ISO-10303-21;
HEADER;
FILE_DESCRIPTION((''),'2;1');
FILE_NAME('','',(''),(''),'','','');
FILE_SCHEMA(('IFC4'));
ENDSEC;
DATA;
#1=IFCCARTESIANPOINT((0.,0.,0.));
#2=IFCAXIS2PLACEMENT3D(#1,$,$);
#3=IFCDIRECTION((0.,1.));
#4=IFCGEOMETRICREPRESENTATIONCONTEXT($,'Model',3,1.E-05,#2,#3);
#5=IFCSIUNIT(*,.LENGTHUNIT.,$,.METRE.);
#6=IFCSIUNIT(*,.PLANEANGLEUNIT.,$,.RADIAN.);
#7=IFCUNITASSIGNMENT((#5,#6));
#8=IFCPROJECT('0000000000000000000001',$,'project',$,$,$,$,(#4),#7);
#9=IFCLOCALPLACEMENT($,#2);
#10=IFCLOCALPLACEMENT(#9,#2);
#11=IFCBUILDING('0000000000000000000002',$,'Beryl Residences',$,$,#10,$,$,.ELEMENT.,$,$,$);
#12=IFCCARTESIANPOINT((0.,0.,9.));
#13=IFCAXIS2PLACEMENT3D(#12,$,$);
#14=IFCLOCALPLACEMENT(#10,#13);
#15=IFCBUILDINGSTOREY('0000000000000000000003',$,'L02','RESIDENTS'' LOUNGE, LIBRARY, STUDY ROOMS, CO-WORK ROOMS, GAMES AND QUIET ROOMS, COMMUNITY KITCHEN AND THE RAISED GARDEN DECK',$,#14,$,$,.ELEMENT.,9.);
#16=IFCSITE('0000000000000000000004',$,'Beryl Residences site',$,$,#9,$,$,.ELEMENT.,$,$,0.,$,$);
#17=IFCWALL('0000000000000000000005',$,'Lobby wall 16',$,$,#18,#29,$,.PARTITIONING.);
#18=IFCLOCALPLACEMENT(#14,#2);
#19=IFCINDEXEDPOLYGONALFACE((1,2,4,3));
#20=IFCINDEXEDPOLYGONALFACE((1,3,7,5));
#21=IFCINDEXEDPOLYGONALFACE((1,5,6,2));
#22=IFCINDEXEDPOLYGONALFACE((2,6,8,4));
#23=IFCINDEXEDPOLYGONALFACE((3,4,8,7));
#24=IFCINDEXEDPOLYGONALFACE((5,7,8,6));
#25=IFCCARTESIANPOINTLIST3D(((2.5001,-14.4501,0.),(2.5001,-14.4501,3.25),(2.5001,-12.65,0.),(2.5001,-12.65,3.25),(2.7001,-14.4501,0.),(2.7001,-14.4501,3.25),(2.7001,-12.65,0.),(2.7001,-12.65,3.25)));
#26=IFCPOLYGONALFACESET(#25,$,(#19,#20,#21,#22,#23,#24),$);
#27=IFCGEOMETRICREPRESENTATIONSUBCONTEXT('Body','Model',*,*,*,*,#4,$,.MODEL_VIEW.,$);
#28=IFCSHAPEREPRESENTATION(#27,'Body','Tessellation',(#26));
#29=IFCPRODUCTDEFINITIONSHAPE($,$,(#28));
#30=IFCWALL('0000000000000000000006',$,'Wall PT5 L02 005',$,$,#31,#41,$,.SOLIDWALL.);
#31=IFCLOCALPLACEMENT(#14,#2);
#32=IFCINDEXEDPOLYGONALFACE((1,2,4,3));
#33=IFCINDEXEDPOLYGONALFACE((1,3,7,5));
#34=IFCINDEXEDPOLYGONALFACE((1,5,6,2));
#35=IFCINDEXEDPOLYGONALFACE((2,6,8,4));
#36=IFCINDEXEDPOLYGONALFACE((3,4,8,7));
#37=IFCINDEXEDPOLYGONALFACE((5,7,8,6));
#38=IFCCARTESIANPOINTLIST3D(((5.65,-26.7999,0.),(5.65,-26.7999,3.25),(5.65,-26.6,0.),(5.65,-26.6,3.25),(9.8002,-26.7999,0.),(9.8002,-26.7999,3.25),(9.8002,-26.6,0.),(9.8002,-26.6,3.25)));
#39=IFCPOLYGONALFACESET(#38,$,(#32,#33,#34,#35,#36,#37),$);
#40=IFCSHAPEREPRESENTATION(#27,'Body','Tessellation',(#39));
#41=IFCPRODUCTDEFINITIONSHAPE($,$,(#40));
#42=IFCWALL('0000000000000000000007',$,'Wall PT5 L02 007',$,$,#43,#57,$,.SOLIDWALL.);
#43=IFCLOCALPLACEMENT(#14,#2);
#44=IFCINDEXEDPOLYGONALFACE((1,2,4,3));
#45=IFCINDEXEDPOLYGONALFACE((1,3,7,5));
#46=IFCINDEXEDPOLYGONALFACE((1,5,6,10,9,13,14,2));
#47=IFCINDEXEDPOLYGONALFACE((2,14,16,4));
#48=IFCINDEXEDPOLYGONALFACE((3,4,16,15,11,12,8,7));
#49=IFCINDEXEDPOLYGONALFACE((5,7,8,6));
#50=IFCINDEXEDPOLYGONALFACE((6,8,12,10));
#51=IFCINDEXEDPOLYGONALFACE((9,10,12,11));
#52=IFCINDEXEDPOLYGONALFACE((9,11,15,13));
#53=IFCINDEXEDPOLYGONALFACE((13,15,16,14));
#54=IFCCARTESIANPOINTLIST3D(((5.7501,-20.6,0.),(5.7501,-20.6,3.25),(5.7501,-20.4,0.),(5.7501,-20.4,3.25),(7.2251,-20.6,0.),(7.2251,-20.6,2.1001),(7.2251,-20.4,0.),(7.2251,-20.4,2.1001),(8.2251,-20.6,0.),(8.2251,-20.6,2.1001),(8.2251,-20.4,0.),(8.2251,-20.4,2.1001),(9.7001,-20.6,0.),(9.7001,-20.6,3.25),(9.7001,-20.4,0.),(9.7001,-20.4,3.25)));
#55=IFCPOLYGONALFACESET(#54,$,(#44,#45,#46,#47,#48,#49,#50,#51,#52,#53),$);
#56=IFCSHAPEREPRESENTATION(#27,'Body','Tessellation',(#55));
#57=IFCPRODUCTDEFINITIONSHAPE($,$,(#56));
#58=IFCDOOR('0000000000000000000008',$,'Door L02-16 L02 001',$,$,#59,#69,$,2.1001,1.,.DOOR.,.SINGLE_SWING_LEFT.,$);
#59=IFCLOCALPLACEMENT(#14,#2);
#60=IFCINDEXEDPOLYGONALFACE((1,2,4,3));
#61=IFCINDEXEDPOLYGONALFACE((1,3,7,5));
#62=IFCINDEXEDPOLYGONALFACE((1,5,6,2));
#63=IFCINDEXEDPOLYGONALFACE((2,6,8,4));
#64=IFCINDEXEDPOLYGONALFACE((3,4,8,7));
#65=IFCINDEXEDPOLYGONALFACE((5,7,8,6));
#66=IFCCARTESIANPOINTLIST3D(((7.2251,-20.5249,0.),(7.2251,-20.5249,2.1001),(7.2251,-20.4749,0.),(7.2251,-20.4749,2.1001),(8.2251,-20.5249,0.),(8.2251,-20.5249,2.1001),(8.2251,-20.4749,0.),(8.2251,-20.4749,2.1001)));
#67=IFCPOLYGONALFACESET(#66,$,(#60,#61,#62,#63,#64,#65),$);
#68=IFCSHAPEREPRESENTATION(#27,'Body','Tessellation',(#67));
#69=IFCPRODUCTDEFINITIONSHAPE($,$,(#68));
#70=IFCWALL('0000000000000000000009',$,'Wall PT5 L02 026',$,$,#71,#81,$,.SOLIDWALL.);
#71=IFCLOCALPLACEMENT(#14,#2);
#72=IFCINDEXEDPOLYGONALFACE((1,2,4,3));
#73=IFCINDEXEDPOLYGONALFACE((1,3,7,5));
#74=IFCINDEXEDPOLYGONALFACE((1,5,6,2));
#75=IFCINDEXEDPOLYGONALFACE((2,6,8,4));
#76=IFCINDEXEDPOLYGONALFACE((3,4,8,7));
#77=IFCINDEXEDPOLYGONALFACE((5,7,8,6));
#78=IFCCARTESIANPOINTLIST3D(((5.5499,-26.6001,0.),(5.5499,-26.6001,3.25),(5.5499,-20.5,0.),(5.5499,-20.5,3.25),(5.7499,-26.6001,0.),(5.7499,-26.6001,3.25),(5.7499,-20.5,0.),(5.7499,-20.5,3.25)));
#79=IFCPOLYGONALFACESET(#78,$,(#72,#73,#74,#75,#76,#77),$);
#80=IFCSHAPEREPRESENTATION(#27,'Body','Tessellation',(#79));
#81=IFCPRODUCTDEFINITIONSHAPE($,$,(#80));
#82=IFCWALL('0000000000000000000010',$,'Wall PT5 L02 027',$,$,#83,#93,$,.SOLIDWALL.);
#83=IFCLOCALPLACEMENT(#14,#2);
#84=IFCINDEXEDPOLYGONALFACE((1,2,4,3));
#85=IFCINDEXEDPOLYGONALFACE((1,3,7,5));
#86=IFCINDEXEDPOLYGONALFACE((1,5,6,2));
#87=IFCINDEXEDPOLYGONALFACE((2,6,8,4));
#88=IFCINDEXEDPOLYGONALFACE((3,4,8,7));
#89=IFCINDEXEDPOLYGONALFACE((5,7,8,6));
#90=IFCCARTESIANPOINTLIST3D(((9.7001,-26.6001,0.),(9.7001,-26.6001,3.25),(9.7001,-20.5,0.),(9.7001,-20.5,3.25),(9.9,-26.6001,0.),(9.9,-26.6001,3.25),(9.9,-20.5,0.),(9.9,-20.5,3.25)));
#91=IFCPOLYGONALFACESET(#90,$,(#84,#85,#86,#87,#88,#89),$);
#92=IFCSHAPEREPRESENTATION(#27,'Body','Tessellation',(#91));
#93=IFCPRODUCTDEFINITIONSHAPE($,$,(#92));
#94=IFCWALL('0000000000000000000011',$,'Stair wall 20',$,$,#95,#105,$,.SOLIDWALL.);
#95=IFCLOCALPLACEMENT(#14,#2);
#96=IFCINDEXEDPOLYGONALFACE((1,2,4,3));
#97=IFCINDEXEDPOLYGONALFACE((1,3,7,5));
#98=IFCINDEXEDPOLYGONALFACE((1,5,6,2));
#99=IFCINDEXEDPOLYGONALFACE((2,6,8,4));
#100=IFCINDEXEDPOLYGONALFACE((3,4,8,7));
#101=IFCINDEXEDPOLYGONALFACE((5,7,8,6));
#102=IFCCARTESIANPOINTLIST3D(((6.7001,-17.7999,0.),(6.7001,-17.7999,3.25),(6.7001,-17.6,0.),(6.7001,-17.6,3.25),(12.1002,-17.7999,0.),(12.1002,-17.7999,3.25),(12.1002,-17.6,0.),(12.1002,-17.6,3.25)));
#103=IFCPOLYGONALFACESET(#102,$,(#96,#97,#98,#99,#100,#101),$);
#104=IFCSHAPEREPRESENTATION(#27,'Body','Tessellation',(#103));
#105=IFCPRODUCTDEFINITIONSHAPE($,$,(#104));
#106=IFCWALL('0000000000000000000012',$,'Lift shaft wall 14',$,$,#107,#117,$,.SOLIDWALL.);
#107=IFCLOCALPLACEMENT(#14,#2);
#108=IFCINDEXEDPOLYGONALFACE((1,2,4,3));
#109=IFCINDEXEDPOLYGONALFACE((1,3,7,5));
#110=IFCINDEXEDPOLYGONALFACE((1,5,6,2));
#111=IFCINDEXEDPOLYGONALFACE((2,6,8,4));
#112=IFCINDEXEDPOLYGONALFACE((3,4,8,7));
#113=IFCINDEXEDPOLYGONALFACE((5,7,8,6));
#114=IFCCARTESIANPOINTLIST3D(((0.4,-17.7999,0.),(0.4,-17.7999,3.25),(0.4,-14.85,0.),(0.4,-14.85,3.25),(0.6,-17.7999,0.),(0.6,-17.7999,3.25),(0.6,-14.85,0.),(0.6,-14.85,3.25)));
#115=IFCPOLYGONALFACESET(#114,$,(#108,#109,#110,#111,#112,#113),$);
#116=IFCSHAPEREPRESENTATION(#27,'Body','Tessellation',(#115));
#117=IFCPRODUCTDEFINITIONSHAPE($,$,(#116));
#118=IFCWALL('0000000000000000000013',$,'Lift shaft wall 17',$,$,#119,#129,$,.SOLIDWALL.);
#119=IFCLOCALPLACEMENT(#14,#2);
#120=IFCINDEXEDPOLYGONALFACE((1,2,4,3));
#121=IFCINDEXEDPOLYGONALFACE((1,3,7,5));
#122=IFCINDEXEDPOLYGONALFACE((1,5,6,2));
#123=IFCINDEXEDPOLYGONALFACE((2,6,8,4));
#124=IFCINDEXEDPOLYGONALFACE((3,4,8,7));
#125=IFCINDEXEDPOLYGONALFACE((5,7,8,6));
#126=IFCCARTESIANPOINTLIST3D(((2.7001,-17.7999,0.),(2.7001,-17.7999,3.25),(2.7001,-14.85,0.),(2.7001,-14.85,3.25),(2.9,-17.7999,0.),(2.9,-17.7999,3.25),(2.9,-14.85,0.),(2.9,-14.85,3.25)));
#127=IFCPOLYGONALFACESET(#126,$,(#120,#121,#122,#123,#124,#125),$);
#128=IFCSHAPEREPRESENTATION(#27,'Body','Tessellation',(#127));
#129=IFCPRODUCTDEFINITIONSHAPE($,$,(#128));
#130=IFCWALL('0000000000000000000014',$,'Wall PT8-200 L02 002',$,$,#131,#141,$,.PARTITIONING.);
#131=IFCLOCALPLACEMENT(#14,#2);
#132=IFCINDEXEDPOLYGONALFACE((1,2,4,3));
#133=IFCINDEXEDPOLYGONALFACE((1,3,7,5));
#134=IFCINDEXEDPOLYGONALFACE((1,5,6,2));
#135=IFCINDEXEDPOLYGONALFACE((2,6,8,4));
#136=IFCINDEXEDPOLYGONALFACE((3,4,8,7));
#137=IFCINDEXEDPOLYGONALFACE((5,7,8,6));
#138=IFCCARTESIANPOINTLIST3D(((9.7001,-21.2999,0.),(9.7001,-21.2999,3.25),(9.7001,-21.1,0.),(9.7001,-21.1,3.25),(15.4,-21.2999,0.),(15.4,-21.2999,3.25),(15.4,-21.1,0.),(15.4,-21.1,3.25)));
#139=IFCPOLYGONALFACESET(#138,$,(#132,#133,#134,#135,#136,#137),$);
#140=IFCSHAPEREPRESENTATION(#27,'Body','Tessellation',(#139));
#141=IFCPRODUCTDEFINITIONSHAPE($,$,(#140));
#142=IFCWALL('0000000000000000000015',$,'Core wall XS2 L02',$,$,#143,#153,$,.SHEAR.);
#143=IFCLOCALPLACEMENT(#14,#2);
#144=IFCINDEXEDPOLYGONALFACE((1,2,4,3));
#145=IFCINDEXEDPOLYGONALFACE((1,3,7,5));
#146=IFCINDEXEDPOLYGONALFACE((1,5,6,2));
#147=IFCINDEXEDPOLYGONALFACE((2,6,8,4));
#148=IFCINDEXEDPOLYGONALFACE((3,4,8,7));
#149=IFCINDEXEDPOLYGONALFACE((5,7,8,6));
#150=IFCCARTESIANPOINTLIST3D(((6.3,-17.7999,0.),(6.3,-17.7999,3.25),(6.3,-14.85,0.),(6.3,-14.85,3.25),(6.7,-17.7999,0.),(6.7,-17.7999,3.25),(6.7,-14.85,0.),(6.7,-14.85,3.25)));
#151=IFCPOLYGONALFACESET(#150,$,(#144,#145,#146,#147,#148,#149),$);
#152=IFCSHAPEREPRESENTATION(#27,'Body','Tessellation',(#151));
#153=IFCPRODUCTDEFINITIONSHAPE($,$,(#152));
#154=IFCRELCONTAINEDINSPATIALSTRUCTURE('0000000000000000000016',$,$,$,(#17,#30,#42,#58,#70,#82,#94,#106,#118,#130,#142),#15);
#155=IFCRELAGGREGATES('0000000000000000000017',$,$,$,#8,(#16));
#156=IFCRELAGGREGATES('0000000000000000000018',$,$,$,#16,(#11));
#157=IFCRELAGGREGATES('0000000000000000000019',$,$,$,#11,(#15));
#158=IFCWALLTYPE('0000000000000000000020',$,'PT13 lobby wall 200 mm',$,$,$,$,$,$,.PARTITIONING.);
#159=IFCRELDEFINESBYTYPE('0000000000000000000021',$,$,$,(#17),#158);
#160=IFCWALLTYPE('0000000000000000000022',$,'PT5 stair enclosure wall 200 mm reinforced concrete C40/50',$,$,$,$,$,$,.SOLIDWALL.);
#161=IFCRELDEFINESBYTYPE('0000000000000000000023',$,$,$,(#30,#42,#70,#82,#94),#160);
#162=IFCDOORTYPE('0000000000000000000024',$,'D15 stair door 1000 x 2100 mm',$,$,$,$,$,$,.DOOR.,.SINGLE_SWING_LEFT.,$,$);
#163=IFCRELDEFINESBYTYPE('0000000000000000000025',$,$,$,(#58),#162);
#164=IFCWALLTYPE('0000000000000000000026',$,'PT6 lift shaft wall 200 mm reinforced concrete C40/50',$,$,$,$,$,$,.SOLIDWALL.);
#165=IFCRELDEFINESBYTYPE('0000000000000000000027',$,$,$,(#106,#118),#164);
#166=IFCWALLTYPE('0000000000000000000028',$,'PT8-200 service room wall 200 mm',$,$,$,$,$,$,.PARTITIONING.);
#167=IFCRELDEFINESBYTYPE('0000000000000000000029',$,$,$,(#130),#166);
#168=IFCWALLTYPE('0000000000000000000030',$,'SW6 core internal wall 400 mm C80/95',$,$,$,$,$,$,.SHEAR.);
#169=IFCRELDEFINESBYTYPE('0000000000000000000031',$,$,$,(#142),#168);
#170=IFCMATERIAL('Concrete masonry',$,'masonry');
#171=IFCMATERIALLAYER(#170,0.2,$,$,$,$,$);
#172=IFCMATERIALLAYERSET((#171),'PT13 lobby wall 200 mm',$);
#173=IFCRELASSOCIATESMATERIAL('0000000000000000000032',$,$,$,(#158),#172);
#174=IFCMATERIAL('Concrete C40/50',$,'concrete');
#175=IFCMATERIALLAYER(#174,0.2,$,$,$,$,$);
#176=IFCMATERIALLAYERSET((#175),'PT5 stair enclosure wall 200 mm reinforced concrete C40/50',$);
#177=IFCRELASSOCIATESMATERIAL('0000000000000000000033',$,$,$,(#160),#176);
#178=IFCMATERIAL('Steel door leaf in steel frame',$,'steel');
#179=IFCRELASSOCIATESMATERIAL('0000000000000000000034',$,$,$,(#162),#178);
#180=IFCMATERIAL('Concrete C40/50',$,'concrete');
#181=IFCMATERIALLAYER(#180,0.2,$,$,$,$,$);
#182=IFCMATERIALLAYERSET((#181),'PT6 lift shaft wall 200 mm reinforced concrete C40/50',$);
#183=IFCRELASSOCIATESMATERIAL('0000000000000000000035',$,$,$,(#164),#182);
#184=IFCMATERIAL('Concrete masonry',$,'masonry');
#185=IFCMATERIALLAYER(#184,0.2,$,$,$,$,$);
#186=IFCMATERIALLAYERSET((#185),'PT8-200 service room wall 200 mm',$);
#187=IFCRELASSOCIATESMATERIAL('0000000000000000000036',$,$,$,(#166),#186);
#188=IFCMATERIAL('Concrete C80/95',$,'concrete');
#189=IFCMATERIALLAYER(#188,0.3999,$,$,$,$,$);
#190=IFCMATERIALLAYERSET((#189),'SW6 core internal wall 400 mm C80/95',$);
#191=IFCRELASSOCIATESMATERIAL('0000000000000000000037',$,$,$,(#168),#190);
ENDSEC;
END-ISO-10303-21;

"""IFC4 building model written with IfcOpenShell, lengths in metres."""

from ifc_helpers import new_model, si_unit, direction, frame, frame_2d, origin, place, context, subcontext, project, spatial, rectangle, extrude, material, layer, layer_set, type_object, element, fill, save


model = new_model("IFC4")

# Units and contexts
model_context = context("Model", 3, precision=1e-05, world=origin(), true_north=direction((0.0, 1.0)))
body_context = subcontext(model_context, "Body", "Model", "MODEL_VIEW")
ifc_project = project(units=[si_unit("LENGTHUNIT", "METRE"), si_unit("PLANEANGLEUNIT", "RADIAN")], contexts=[model_context])

# Site, building, storey
site_placement = place(None, origin())
site = spatial("IfcSite", under=ifc_project, at=site_placement, Name="Beryl Residences site", CompositionType="ELEMENT", RefElevation=0.0)
building_placement = place(site_placement, origin())
building = spatial("IfcBuilding", under=site, at=building_placement, Name="Beryl Residences", CompositionType="ELEMENT")
storey_placement = place(building_placement, frame((0.0, 0.0, 9.0)))
storey = spatial("IfcBuildingStorey", under=building, at=storey_placement, Name="L02", Description="RESIDENTS' LOUNGE, LIBRARY, STUDY ROOMS, CO-WORK ROOMS, GAMES AND QUIET ROOMS, COMMUNITY KITCHEN AND THE RAISED GARDEN DECK", CompositionType="ELEMENT", Elevation=9.0)

# Walls
ifc_material_1 = material(Name="Concrete masonry", Category="masonry")
ifc_layer_1 = layer(ifc_material_1, 0.2)
ifc_layer_set_1 = layer_set([ifc_layer_1], Name="PT13 lobby wall 200 mm")
wall_type_1 = type_object("IfcWallType", Name="PT13 lobby wall 200 mm", PredefinedType="PARTITIONING", material=ifc_layer_set_1)
wall_1_placement = place(storey_placement, frame((2.6001, -14.45, 0.0), z_axis=(0.0, 0.0, 1.0), x_axis=(0.0, 1.0, 0.0)))
element("IfcWall", 1, at=wall_1_placement, inside=storey, type_object=wall_type_1, Name="Lobby wall 16", PredefinedType="PARTITIONING", context=body_context, shape_type="SweptSolid", body=[
    extrude(rectangle(XDim=1.8, YDim=0.2, at=frame_2d((0.8999, 0.0))), origin(), (0.0, 0.0, 1.0), 3.25),
])
ifc_material_2 = material(Name="Concrete C40/50", Category="concrete")
ifc_layer_2 = layer(ifc_material_2, 0.2)
ifc_layer_set_2 = layer_set([ifc_layer_2], Name="PT5 stair enclosure wall 200 mm reinforced concrete C40/50")
wall_type_2 = type_object("IfcWallType", Name="PT5 stair enclosure wall 200 mm reinforced concrete C40/50", PredefinedType="SOLIDWALL", material=ifc_layer_set_2)
wall_2_placement = place(storey_placement, frame((5.6499, -26.7, 0.0), z_axis=(0.0, 0.0, 1.0), x_axis=(1.0, 0.0, 0.0)))
element("IfcWall", 2, at=wall_2_placement, inside=storey, type_object=wall_type_2, Name="Wall PT5 L02 005", PredefinedType="SOLIDWALL", context=body_context, shape_type="SweptSolid", body=[
    extrude(rectangle(XDim=4.1501, YDim=0.2, at=frame_2d((2.0752, 0.0))), origin(), (0.0, 0.0, 1.0), 3.25),
])

# Wall, opening, door
wall_3_placement = place(storey_placement, frame((5.75, -20.5, 0.0), z_axis=(0.0, 0.0, 1.0), x_axis=(1.0, 0.0, 0.0)))
wall_3 = element("IfcWall", 3, at=wall_3_placement, inside=storey, type_object=wall_type_2, Name="Wall PT5 L02 007", PredefinedType="SOLIDWALL", context=body_context, shape_type="SweptSolid", body=[
    extrude(rectangle(XDim=3.95, YDim=0.2, at=frame_2d((1.9751, 0.0))), origin(), (0.0, 0.0, 1.0), 3.25),
])
opening_placement = place(wall_3_placement, frame((2.4751, 0.0, 0.0), z_axis=(0.0, 0.0, 1.0), x_axis=(-1.0, 0.0, 0.0)))
opening = element("IfcOpeningElement", 4, at=opening_placement, cuts=wall_3, PredefinedType="OPENING", context=body_context, shape_type="SweptSolid", body=[
    extrude(rectangle(XDim=1.0, YDim=2.1001, at=frame_2d((0.5, 1.05))), frame((0.0, 0.1099, 0.0), z_axis=(0.0, -1.0, 0.0), x_axis=(1.0, 0.0, 0.0)), (0.0, 0.0, 1.0), 0.22),
])
ifc_material_3 = material(Name="Steel door leaf in steel frame", Category="steel")
door_type = type_object("IfcDoorType", Name="D15 stair door 1000 x 2100 mm", OperationType="SINGLE_SWING_LEFT", PredefinedType="DOOR", material=ifc_material_3)
door_placement = place(opening_placement, origin())
door = element("IfcDoor", 5, at=door_placement, inside=storey, type_object=door_type, Name="Door L02-16 L02 001", OperationType="SINGLE_SWING_LEFT", OverallHeight=2.1001, OverallWidth=1.0, PredefinedType="DOOR", context=body_context, shape_type="SweptSolid", body=[
    extrude(rectangle(XDim=1.0, YDim=2.1001, at=frame_2d((0.5, 1.05))), frame((0.0, 0.0249, 0.0), z_axis=(0.0, -1.0, 0.0), x_axis=(1.0, 0.0, 0.0)), (0.0, 0.0, 1.0), 0.05),
])
fill(opening, door)

# Walls
for number, where, z_axis, x_axis, name in (
    (6, (5.6499, -26.6001, 0.0), (0.0, 0.0, 1.0), (0.0, 1.0, 0.0), "Wall PT5 L02 026"),
    (7, (9.8, -26.6001, 0.0), (0.0, 0.0, 1.0), (0.0, 1.0, 0.0), "Wall PT5 L02 027"),
):
    element("IfcWall", number, at=place(storey_placement, frame(where, z_axis=z_axis, x_axis=x_axis)), inside=storey, type_object=wall_type_2, Name=name, PredefinedType="SOLIDWALL", context=body_context, shape_type="SweptSolid", body=[
        extrude(rectangle(XDim=6.1001, YDim=0.2, at=frame_2d((3.05, 0.0))), origin(), (0.0, 0.0, 1.0), 3.25),
    ])
wall_4_placement = place(storey_placement, frame((6.7, -17.7, 0.0), z_axis=(0.0, 0.0, 1.0), x_axis=(1.0, 0.0, 0.0)))
element("IfcWall", 8, at=wall_4_placement, inside=storey, type_object=wall_type_2, Name="Stair wall 20", PredefinedType="SOLIDWALL", context=body_context, shape_type="SweptSolid", body=[
    extrude(rectangle(XDim=5.4001, YDim=0.2, at=frame_2d((2.7002, 0.0))), origin(), (0.0, 0.0, 1.0), 3.25),
])
ifc_material_4 = material(Name="Concrete C40/50", Category="concrete")
ifc_layer_3 = layer(ifc_material_4, 0.2)
ifc_layer_set_3 = layer_set([ifc_layer_3], Name="PT6 lift shaft wall 200 mm reinforced concrete C40/50")
wall_type_3 = type_object("IfcWallType", Name="PT6 lift shaft wall 200 mm reinforced concrete C40/50", PredefinedType="SOLIDWALL", material=ifc_layer_set_3)
for number, where, z_axis, x_axis, name in (
    (9, (0.5, -17.8, 0.0), (0.0, 0.0, 1.0), (0.0, 1.0, 0.0), "Lift shaft wall 14"),
    (10, (2.8, -17.8, 0.0), (0.0, 0.0, 1.0), (0.0, 1.0, 0.0), "Lift shaft wall 17"),
):
    element("IfcWall", number, at=place(storey_placement, frame(where, z_axis=z_axis, x_axis=x_axis)), inside=storey, type_object=wall_type_3, Name=name, PredefinedType="SOLIDWALL", context=body_context, shape_type="SweptSolid", body=[
        extrude(rectangle(XDim=2.95, YDim=0.2, at=frame_2d((1.4751, 0.0))), origin(), (0.0, 0.0, 1.0), 3.25),
    ])
ifc_material_5 = material(Name="Concrete masonry", Category="masonry")
ifc_layer_4 = layer(ifc_material_5, 0.2)
ifc_layer_set_4 = layer_set([ifc_layer_4], Name="PT8-200 service room wall 200 mm")
wall_type_4 = type_object("IfcWallType", Name="PT8-200 service room wall 200 mm", PredefinedType="PARTITIONING", material=ifc_layer_set_4)
wall_5_placement = place(storey_placement, frame((9.7, -21.2, 0.0), z_axis=(0.0, 0.0, 1.0), x_axis=(1.0, 0.0, 0.0)))
element("IfcWall", 11, at=wall_5_placement, inside=storey, type_object=wall_type_4, Name="Wall PT8-200 L02 002", PredefinedType="PARTITIONING", context=body_context, shape_type="SweptSolid", body=[
    extrude(rectangle(XDim=5.7, YDim=0.2, at=frame_2d((2.8501, 0.0))), origin(), (0.0, 0.0, 1.0), 3.25),
])
ifc_material_6 = material(Name="Concrete C80/95", Category="concrete")
ifc_layer_5 = layer(ifc_material_6, 0.3999)
ifc_layer_set_5 = layer_set([ifc_layer_5], Name="SW6 core internal wall 400 mm C80/95")
wall_type_5 = type_object("IfcWallType", Name="SW6 core internal wall 400 mm C80/95", PredefinedType="SHEAR", material=ifc_layer_set_5)
wall_6_placement = place(storey_placement, frame((6.5, -17.8, 0.0), z_axis=(0.0, 0.0, 1.0), x_axis=(0.0, 1.0, 0.0)))
element("IfcWall", 12, at=wall_6_placement, inside=storey, type_object=wall_type_5, Name="Core wall XS2 L02", PredefinedType="SHEAR", context=body_context, shape_type="SweptSolid", body=[
    extrude(rectangle(XDim=2.95, YDim=0.3999, at=frame_2d((1.4751, 0.0))), origin(), (0.0, 0.0, 1.0), 3.25),
])

save(model, "model.ifc")
